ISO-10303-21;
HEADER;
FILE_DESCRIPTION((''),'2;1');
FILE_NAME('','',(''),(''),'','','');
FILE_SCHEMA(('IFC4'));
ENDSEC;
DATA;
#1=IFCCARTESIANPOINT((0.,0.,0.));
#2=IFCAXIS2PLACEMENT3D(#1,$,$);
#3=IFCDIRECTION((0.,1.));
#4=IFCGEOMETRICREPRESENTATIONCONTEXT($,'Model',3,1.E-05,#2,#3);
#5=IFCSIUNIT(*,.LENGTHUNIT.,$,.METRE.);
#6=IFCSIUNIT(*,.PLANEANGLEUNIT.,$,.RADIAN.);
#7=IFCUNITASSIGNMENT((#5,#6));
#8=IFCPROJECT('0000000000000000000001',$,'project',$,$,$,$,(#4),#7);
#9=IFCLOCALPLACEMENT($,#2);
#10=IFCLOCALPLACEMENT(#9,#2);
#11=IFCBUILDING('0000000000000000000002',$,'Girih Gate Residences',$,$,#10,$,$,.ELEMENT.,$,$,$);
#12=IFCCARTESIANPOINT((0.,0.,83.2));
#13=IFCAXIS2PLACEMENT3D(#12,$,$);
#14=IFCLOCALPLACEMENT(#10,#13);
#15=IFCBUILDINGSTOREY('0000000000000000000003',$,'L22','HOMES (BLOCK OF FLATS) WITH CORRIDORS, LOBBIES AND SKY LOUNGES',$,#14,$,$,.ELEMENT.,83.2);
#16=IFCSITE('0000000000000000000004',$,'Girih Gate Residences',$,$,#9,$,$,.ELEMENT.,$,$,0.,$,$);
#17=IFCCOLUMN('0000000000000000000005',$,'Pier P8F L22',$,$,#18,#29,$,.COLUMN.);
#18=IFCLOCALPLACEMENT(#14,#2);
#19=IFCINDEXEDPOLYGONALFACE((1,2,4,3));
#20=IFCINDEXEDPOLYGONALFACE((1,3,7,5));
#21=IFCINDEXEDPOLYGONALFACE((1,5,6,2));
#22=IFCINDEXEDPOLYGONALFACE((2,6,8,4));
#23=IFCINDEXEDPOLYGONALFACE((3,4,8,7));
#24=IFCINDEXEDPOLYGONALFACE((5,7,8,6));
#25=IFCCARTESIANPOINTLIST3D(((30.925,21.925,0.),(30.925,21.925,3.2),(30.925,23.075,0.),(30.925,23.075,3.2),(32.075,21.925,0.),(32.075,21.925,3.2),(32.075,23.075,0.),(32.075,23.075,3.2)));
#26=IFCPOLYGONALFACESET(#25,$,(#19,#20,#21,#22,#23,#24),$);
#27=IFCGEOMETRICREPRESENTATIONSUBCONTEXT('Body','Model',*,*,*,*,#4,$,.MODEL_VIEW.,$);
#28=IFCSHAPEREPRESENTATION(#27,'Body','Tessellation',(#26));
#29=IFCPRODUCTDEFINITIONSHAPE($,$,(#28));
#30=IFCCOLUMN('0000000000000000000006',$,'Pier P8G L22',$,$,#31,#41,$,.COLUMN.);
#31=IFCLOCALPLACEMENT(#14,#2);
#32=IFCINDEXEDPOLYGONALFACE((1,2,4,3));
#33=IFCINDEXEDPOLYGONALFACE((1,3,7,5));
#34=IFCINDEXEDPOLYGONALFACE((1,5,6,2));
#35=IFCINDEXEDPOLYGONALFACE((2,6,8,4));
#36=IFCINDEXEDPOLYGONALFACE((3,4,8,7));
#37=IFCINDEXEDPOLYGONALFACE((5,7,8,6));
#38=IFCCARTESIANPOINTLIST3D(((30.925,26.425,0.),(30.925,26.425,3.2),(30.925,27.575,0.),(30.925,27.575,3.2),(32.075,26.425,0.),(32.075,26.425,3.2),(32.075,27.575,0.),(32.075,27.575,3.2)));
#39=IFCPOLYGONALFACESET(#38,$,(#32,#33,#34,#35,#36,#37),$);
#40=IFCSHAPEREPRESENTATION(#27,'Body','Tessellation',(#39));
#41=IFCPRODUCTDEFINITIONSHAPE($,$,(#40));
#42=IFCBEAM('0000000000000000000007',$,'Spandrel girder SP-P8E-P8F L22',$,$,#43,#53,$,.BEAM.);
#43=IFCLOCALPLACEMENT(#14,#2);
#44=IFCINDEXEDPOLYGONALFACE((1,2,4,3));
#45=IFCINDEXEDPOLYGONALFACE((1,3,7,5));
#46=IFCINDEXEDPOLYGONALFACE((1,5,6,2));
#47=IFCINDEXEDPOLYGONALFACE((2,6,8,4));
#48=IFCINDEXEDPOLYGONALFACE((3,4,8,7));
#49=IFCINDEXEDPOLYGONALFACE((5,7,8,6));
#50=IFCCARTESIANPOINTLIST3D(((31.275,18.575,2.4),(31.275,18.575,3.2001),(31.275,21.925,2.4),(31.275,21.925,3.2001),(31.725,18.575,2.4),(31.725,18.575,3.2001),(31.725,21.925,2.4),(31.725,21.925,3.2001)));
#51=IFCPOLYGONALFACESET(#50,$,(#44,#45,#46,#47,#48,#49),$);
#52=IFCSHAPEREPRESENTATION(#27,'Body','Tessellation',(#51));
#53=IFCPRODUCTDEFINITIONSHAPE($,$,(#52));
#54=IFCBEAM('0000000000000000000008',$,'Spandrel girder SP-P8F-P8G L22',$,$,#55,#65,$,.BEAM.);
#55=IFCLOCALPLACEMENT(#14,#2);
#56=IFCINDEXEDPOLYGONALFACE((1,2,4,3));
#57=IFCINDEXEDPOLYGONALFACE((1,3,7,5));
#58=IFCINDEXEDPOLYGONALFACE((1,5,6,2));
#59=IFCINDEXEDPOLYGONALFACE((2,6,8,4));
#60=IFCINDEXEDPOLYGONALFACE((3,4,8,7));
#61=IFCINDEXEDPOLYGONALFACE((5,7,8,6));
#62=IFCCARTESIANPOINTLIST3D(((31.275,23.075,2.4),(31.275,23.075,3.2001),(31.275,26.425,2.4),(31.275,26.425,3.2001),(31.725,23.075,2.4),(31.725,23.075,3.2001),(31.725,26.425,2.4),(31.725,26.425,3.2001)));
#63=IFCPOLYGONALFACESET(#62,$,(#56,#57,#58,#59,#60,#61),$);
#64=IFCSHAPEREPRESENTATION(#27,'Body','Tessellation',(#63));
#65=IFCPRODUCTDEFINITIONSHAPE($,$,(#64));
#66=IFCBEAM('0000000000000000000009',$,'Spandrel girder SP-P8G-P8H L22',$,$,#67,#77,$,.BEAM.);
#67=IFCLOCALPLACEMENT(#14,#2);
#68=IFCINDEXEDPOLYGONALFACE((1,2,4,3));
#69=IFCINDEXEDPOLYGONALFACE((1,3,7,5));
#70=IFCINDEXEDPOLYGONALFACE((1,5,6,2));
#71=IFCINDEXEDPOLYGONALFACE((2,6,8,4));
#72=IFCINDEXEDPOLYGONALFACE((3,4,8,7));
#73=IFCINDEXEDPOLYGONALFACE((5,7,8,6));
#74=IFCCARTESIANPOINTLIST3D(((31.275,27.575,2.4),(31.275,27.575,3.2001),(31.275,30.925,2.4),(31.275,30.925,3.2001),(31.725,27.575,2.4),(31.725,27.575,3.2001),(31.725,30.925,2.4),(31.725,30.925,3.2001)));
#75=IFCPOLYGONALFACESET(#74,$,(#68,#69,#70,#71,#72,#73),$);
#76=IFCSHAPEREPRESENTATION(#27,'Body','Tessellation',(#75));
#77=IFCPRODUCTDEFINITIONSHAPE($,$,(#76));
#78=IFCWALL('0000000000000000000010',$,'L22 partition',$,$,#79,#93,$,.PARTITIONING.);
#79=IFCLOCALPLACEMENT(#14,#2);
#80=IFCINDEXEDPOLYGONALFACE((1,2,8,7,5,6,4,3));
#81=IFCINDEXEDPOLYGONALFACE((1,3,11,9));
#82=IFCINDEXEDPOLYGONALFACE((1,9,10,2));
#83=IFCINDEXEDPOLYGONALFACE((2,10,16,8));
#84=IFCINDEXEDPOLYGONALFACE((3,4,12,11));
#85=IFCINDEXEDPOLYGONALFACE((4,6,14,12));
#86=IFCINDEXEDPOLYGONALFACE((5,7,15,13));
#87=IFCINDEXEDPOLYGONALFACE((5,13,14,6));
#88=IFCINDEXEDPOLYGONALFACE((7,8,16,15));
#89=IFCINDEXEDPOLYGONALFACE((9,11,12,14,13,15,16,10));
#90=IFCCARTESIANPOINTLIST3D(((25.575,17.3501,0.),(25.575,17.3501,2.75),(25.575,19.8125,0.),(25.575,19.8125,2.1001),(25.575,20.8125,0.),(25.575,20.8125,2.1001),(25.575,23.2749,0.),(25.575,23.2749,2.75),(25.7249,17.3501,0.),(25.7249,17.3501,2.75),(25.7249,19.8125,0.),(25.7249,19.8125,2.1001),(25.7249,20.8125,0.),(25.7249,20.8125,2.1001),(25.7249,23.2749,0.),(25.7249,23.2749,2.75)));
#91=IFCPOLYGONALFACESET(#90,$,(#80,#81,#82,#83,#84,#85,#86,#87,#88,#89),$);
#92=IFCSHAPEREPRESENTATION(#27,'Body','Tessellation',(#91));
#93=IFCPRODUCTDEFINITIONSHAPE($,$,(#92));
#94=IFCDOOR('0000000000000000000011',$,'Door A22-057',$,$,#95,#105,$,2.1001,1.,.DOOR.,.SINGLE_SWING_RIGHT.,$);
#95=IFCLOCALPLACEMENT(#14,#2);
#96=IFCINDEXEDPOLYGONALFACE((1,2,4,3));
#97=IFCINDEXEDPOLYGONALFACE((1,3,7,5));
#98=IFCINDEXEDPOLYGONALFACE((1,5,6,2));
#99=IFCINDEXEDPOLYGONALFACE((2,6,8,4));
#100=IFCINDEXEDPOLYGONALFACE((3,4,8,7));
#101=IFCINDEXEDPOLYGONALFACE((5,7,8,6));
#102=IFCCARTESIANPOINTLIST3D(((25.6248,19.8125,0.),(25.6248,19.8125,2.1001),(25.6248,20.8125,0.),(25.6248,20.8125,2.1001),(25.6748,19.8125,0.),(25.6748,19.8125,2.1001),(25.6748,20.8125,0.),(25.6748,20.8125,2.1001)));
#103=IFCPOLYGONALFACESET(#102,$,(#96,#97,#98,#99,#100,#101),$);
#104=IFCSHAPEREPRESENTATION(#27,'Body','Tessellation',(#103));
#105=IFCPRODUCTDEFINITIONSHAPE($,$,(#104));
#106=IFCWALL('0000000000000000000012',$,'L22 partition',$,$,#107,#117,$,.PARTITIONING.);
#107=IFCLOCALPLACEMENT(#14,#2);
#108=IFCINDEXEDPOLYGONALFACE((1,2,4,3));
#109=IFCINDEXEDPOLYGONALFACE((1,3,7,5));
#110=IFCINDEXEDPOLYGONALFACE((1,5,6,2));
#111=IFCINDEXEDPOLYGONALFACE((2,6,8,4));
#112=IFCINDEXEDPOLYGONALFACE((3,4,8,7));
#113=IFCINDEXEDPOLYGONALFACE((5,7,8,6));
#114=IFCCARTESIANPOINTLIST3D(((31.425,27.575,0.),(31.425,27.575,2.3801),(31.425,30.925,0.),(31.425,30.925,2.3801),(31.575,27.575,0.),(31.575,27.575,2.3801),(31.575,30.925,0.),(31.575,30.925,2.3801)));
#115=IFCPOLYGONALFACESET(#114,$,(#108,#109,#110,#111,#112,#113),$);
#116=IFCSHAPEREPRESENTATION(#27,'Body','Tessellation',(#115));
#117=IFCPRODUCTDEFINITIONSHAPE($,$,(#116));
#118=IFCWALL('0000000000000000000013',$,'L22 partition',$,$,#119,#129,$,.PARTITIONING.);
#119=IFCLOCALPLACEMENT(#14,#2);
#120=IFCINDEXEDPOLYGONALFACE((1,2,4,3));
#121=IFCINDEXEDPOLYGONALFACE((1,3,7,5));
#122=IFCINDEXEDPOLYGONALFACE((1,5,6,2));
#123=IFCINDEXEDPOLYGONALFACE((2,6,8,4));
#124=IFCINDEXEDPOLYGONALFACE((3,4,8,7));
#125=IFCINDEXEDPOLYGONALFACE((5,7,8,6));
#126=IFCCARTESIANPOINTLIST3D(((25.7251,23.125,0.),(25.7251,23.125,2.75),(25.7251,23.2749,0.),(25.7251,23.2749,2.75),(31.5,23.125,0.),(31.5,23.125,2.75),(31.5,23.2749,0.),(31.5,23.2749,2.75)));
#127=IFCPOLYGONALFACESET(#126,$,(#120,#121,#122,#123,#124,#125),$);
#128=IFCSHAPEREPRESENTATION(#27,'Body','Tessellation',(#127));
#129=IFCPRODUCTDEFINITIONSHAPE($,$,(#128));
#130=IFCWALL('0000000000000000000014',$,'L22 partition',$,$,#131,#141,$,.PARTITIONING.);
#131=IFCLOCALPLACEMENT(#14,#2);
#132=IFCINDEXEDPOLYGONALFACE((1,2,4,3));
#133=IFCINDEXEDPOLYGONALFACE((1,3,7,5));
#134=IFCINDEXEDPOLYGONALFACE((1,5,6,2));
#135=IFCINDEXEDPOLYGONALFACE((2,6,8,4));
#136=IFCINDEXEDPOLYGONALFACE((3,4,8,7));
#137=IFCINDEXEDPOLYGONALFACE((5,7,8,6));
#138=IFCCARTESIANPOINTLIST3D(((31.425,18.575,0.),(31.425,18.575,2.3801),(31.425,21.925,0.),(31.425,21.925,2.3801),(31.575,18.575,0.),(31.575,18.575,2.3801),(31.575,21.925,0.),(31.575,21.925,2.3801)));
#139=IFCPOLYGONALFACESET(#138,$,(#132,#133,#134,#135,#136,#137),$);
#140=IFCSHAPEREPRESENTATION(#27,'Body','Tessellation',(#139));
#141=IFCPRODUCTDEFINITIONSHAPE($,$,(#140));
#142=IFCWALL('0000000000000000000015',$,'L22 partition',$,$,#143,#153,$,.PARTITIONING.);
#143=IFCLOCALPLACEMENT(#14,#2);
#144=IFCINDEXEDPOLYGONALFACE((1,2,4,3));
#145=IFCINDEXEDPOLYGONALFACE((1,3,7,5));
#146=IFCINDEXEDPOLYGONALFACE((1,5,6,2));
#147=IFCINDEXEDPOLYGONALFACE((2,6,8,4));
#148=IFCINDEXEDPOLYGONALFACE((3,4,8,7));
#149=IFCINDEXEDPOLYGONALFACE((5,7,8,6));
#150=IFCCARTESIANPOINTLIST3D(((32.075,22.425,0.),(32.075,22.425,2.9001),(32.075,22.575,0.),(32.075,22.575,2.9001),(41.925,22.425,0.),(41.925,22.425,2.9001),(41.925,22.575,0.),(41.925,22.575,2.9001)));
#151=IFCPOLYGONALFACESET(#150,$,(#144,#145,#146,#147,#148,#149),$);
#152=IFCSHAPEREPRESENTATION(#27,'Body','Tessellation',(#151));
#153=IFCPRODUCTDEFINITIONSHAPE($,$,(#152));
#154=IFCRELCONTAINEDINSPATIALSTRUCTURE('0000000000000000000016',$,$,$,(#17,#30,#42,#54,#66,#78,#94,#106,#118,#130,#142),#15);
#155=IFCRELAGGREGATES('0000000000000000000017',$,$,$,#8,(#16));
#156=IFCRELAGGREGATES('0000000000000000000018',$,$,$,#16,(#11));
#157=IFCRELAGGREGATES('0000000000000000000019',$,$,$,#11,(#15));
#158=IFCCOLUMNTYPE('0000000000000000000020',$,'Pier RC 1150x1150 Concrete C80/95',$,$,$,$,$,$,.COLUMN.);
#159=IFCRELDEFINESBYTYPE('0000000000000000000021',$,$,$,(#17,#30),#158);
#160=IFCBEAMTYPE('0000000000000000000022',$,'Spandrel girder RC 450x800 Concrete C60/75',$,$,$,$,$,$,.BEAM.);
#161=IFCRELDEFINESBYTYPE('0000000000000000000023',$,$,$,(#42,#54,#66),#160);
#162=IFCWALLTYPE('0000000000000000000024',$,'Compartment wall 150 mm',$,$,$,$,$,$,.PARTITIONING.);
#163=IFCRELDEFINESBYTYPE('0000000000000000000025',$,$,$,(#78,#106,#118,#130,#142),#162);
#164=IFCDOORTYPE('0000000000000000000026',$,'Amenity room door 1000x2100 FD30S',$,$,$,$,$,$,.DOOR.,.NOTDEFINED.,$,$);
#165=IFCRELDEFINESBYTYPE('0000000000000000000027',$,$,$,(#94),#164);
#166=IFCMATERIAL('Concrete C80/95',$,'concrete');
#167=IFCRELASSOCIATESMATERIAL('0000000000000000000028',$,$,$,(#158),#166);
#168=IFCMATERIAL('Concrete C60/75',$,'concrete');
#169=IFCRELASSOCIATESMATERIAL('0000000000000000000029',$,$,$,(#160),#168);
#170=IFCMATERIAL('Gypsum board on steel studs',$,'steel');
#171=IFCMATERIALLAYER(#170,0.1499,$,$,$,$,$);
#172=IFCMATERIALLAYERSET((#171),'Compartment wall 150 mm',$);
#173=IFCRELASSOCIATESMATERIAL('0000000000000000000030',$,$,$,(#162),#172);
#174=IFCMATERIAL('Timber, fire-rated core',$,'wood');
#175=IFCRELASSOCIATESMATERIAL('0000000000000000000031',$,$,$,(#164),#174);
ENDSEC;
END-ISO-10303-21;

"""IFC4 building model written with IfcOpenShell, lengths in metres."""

from ifc_helpers import new_model, si_unit, direction, frame, frame_2d, origin, origin_2d, place, context, subcontext, project, spatial, rectangle, extrude, material, layer, layer_set, material_profile, profile_set, type_object, element, fill, save


model = new_model("IFC4")

# Units and contexts
model_context = context("Model", 3, precision=1e-05, world=origin(), true_north=direction((0.0, 1.0)))
body_context = subcontext(model_context, "Body", "Model", "MODEL_VIEW")
ifc_project = project(units=[si_unit("LENGTHUNIT", "METRE"), si_unit("PLANEANGLEUNIT", "RADIAN")], contexts=[model_context])

# Site, building, storey
site_placement = place(None, origin())
site = spatial("IfcSite", under=ifc_project, at=site_placement, Name="Girih Gate Residences", CompositionType="ELEMENT", RefElevation=0.0)
building_placement = place(site_placement, origin())
building = spatial("IfcBuilding", under=site, at=building_placement, Name="Girih Gate Residences", CompositionType="ELEMENT")
storey_placement = place(building_placement, frame((0.0, 0.0, 83.2)))
storey = spatial("IfcBuildingStorey", under=building, at=storey_placement, Name="L22", Description="HOMES (BLOCK OF FLATS) WITH CORRIDORS, LOBBIES AND SKY LOUNGES", CompositionType="ELEMENT", Elevation=83.2)

# Columns
ifc_material_1 = material(Name="Concrete C80/95", Category="concrete")
ifc_material_profile_1 = material_profile(ifc_material_1, rectangle(XDim=1.1499, YDim=1.1499, at=origin_2d()))
ifc_profile_set_1 = profile_set([ifc_material_profile_1], Name="Concrete C80/95")
column_type = type_object("IfcColumnType", Name="Pier RC 1150x1150 Concrete C80/95", PredefinedType="COLUMN", material=ifc_profile_set_1)
for number, where, z_axis, x_axis, name in (
    (1, (31.5, 22.5, 0.0), (0.0, 0.0, 1.0), (1.0, 0.0, 0.0), "Pier P8F L22"),
    (2, (31.5, 27.0, 0.0), (0.0, 0.0, 1.0), (1.0, 0.0, 0.0), "Pier P8G L22"),
):
    element("IfcColumn", number, at=place(storey_placement, frame(where, z_axis=z_axis, x_axis=x_axis)), inside=storey, type_object=column_type, Name=name, PredefinedType="COLUMN", context=body_context, shape_type="SweptSolid", body=[
        extrude(rectangle(XDim=1.1499, YDim=1.1499, at=origin_2d()), origin(), (0.0, 0.0, 1.0), 3.2),
    ])

# Beams
ifc_material_2 = material(Name="Concrete C60/75", Category="concrete")
ifc_material_profile_2 = material_profile(ifc_material_2, rectangle(XDim=0.45, YDim=0.8, at=origin_2d()))
ifc_profile_set_2 = profile_set([ifc_material_profile_2], Name="Concrete C60/75")
beam_type = type_object("IfcBeamType", Name="Spandrel girder RC 450x800 Concrete C60/75", PredefinedType="BEAM", material=ifc_profile_set_2)
for number, where, z_axis, x_axis, name in (
    (3, (31.5, 18.575, 2.8), (0.0, 1.0, 0.0), (-1.0, 0.0, 0.0), "Spandrel girder SP-P8E-P8F L22"),
    (4, (31.5, 23.075, 2.8), (0.0, 1.0, 0.0), (-1.0, 0.0, 0.0), "Spandrel girder SP-P8F-P8G L22"),
    (5, (31.5, 27.575, 2.8), (0.0, 1.0, 0.0), (-1.0, 0.0, 0.0), "Spandrel girder SP-P8G-P8H L22"),
):
    element("IfcBeam", number, at=place(storey_placement, frame(where, z_axis=z_axis, x_axis=x_axis)), inside=storey, type_object=beam_type, Name=name, PredefinedType="BEAM", context=body_context, shape_type="SweptSolid", body=[
        extrude(rectangle(XDim=0.45, YDim=0.8, at=origin_2d()), origin(), (0.0, 0.0, 1.0), 3.3501),
    ])

# Wall, opening, door
ifc_material_3 = material(Name="Gypsum board on steel studs", Category="steel")
ifc_layer_1 = layer(ifc_material_3, 0.1499)
ifc_layer_set_1 = layer_set([ifc_layer_1], Name="Compartment wall 150 mm")
wall_type_1 = type_object("IfcWallType", Name="Compartment wall 150 mm", PredefinedType="PARTITIONING", material=ifc_layer_set_1)
wall_1_placement = place(storey_placement, frame((25.6499, 23.2749, 0.0), z_axis=(0.0, 0.0, 1.0), x_axis=(0.0, -1.0, 0.0)))
wall_1 = element("IfcWall", 6, at=wall_1_placement, inside=storey, type_object=wall_type_1, Name="L22 partition", PredefinedType="PARTITIONING", context=body_context, shape_type="SweptSolid", body=[
    extrude(rectangle(XDim=5.9248, YDim=0.1499, at=frame_2d((2.9624, 0.0))), origin(), (0.0, 0.0, 1.0), 2.75),
])
opening_1_placement = place(wall_1_placement, frame((2.4624, 0.0, 0.0)))
opening_1 = element("IfcOpeningElement", 7, at=opening_1_placement, cuts=wall_1, PredefinedType="OPENING", context=body_context, shape_type="SweptSolid", body=[
    extrude(rectangle(XDim=1.0, YDim=2.1001, at=frame_2d((0.5, 1.05))), frame((0.0, 0.085, 0.0), z_axis=(0.0, -1.0, 0.0), x_axis=(1.0, 0.0, 0.0)), (0.0, 0.0, 1.0), 0.1699),
])
ifc_material_4 = material(Name="Timber, fire-rated core", Category="wood")
door_type_1 = type_object("IfcDoorType", Name="Amenity room door 1000x2100 FD30S", OperationType="NOTDEFINED", PredefinedType="DOOR", material=ifc_material_4)
door_1_placement = place(opening_1_placement, origin())
door_1 = element("IfcDoor", 8, at=door_1_placement, inside=storey, type_object=door_type_1, Name="Door A22-057", OperationType="SINGLE_SWING_RIGHT", OverallHeight=2.1001, OverallWidth=1.0, PredefinedType="DOOR", context=body_context, shape_type="SweptSolid", body=[
    extrude(rectangle(XDim=1.0, YDim=2.1001, at=frame_2d((0.5, 1.05))), frame((0.0, 0.0249, 0.0), z_axis=(0.0, -1.0, 0.0), x_axis=(1.0, 0.0, 0.0)), (0.0, 0.0, 1.0), 0.05),
])
fill(opening_1, door_1)

# Walls
wall_2_placement = place(storey_placement, frame((31.5, 27.575, 0.0), z_axis=(0.0, 0.0, 1.0), x_axis=(0.0, 1.0, 0.0)))
element("IfcWall", 9, at=wall_2_placement, inside=storey, type_object=wall_type_1, Name="L22 partition", PredefinedType="PARTITIONING", context=body_context, shape_type="SweptSolid", body=[
    extrude(rectangle(XDim=3.3501, YDim=0.1499, at=frame_2d((1.675, 0.0))), origin(), (0.0, 0.0, 1.0), 2.3801),
])
wall_3_placement = place(storey_placement, frame((25.7251, 23.2, 0.0), z_axis=(0.0, 0.0, 1.0), x_axis=(1.0, 0.0, 0.0)))
element("IfcWall", 10, at=wall_3_placement, inside=storey, type_object=wall_type_1, Name="L22 partition", PredefinedType="PARTITIONING", context=body_context, shape_type="SweptSolid", body=[
    extrude(rectangle(XDim=5.7749, YDim=0.1499, at=frame_2d((2.8875, 0.0))), origin(), (0.0, 0.0, 1.0), 2.75),
])
wall_4_placement = place(storey_placement, frame((31.5, 18.575, 0.0), z_axis=(0.0, 0.0, 1.0), x_axis=(0.0, 1.0, 0.0)))
element("IfcWall", 11, at=wall_4_placement, inside=storey, type_object=wall_type_1, Name="L22 partition", PredefinedType="PARTITIONING", context=body_context, shape_type="SweptSolid", body=[
    extrude(rectangle(XDim=3.3501, YDim=0.1499, at=frame_2d((1.675, 0.0))), origin(), (0.0, 0.0, 1.0), 2.3801),
])
wall_5_placement = place(storey_placement, frame((32.075, 22.5, 0.0), z_axis=(0.0, 0.0, 1.0), x_axis=(1.0, 0.0, 0.0)))
element("IfcWall", 12, at=wall_5_placement, inside=storey, type_object=wall_type_1, Name="L22 partition", PredefinedType="PARTITIONING", context=body_context, shape_type="SweptSolid", body=[
    extrude(rectangle(XDim=9.8501, YDim=0.1499, at=frame_2d((4.925, 0.0))), origin(), (0.0, 0.0, 1.0), 2.9001),
])

save(model, "model.ifc")
